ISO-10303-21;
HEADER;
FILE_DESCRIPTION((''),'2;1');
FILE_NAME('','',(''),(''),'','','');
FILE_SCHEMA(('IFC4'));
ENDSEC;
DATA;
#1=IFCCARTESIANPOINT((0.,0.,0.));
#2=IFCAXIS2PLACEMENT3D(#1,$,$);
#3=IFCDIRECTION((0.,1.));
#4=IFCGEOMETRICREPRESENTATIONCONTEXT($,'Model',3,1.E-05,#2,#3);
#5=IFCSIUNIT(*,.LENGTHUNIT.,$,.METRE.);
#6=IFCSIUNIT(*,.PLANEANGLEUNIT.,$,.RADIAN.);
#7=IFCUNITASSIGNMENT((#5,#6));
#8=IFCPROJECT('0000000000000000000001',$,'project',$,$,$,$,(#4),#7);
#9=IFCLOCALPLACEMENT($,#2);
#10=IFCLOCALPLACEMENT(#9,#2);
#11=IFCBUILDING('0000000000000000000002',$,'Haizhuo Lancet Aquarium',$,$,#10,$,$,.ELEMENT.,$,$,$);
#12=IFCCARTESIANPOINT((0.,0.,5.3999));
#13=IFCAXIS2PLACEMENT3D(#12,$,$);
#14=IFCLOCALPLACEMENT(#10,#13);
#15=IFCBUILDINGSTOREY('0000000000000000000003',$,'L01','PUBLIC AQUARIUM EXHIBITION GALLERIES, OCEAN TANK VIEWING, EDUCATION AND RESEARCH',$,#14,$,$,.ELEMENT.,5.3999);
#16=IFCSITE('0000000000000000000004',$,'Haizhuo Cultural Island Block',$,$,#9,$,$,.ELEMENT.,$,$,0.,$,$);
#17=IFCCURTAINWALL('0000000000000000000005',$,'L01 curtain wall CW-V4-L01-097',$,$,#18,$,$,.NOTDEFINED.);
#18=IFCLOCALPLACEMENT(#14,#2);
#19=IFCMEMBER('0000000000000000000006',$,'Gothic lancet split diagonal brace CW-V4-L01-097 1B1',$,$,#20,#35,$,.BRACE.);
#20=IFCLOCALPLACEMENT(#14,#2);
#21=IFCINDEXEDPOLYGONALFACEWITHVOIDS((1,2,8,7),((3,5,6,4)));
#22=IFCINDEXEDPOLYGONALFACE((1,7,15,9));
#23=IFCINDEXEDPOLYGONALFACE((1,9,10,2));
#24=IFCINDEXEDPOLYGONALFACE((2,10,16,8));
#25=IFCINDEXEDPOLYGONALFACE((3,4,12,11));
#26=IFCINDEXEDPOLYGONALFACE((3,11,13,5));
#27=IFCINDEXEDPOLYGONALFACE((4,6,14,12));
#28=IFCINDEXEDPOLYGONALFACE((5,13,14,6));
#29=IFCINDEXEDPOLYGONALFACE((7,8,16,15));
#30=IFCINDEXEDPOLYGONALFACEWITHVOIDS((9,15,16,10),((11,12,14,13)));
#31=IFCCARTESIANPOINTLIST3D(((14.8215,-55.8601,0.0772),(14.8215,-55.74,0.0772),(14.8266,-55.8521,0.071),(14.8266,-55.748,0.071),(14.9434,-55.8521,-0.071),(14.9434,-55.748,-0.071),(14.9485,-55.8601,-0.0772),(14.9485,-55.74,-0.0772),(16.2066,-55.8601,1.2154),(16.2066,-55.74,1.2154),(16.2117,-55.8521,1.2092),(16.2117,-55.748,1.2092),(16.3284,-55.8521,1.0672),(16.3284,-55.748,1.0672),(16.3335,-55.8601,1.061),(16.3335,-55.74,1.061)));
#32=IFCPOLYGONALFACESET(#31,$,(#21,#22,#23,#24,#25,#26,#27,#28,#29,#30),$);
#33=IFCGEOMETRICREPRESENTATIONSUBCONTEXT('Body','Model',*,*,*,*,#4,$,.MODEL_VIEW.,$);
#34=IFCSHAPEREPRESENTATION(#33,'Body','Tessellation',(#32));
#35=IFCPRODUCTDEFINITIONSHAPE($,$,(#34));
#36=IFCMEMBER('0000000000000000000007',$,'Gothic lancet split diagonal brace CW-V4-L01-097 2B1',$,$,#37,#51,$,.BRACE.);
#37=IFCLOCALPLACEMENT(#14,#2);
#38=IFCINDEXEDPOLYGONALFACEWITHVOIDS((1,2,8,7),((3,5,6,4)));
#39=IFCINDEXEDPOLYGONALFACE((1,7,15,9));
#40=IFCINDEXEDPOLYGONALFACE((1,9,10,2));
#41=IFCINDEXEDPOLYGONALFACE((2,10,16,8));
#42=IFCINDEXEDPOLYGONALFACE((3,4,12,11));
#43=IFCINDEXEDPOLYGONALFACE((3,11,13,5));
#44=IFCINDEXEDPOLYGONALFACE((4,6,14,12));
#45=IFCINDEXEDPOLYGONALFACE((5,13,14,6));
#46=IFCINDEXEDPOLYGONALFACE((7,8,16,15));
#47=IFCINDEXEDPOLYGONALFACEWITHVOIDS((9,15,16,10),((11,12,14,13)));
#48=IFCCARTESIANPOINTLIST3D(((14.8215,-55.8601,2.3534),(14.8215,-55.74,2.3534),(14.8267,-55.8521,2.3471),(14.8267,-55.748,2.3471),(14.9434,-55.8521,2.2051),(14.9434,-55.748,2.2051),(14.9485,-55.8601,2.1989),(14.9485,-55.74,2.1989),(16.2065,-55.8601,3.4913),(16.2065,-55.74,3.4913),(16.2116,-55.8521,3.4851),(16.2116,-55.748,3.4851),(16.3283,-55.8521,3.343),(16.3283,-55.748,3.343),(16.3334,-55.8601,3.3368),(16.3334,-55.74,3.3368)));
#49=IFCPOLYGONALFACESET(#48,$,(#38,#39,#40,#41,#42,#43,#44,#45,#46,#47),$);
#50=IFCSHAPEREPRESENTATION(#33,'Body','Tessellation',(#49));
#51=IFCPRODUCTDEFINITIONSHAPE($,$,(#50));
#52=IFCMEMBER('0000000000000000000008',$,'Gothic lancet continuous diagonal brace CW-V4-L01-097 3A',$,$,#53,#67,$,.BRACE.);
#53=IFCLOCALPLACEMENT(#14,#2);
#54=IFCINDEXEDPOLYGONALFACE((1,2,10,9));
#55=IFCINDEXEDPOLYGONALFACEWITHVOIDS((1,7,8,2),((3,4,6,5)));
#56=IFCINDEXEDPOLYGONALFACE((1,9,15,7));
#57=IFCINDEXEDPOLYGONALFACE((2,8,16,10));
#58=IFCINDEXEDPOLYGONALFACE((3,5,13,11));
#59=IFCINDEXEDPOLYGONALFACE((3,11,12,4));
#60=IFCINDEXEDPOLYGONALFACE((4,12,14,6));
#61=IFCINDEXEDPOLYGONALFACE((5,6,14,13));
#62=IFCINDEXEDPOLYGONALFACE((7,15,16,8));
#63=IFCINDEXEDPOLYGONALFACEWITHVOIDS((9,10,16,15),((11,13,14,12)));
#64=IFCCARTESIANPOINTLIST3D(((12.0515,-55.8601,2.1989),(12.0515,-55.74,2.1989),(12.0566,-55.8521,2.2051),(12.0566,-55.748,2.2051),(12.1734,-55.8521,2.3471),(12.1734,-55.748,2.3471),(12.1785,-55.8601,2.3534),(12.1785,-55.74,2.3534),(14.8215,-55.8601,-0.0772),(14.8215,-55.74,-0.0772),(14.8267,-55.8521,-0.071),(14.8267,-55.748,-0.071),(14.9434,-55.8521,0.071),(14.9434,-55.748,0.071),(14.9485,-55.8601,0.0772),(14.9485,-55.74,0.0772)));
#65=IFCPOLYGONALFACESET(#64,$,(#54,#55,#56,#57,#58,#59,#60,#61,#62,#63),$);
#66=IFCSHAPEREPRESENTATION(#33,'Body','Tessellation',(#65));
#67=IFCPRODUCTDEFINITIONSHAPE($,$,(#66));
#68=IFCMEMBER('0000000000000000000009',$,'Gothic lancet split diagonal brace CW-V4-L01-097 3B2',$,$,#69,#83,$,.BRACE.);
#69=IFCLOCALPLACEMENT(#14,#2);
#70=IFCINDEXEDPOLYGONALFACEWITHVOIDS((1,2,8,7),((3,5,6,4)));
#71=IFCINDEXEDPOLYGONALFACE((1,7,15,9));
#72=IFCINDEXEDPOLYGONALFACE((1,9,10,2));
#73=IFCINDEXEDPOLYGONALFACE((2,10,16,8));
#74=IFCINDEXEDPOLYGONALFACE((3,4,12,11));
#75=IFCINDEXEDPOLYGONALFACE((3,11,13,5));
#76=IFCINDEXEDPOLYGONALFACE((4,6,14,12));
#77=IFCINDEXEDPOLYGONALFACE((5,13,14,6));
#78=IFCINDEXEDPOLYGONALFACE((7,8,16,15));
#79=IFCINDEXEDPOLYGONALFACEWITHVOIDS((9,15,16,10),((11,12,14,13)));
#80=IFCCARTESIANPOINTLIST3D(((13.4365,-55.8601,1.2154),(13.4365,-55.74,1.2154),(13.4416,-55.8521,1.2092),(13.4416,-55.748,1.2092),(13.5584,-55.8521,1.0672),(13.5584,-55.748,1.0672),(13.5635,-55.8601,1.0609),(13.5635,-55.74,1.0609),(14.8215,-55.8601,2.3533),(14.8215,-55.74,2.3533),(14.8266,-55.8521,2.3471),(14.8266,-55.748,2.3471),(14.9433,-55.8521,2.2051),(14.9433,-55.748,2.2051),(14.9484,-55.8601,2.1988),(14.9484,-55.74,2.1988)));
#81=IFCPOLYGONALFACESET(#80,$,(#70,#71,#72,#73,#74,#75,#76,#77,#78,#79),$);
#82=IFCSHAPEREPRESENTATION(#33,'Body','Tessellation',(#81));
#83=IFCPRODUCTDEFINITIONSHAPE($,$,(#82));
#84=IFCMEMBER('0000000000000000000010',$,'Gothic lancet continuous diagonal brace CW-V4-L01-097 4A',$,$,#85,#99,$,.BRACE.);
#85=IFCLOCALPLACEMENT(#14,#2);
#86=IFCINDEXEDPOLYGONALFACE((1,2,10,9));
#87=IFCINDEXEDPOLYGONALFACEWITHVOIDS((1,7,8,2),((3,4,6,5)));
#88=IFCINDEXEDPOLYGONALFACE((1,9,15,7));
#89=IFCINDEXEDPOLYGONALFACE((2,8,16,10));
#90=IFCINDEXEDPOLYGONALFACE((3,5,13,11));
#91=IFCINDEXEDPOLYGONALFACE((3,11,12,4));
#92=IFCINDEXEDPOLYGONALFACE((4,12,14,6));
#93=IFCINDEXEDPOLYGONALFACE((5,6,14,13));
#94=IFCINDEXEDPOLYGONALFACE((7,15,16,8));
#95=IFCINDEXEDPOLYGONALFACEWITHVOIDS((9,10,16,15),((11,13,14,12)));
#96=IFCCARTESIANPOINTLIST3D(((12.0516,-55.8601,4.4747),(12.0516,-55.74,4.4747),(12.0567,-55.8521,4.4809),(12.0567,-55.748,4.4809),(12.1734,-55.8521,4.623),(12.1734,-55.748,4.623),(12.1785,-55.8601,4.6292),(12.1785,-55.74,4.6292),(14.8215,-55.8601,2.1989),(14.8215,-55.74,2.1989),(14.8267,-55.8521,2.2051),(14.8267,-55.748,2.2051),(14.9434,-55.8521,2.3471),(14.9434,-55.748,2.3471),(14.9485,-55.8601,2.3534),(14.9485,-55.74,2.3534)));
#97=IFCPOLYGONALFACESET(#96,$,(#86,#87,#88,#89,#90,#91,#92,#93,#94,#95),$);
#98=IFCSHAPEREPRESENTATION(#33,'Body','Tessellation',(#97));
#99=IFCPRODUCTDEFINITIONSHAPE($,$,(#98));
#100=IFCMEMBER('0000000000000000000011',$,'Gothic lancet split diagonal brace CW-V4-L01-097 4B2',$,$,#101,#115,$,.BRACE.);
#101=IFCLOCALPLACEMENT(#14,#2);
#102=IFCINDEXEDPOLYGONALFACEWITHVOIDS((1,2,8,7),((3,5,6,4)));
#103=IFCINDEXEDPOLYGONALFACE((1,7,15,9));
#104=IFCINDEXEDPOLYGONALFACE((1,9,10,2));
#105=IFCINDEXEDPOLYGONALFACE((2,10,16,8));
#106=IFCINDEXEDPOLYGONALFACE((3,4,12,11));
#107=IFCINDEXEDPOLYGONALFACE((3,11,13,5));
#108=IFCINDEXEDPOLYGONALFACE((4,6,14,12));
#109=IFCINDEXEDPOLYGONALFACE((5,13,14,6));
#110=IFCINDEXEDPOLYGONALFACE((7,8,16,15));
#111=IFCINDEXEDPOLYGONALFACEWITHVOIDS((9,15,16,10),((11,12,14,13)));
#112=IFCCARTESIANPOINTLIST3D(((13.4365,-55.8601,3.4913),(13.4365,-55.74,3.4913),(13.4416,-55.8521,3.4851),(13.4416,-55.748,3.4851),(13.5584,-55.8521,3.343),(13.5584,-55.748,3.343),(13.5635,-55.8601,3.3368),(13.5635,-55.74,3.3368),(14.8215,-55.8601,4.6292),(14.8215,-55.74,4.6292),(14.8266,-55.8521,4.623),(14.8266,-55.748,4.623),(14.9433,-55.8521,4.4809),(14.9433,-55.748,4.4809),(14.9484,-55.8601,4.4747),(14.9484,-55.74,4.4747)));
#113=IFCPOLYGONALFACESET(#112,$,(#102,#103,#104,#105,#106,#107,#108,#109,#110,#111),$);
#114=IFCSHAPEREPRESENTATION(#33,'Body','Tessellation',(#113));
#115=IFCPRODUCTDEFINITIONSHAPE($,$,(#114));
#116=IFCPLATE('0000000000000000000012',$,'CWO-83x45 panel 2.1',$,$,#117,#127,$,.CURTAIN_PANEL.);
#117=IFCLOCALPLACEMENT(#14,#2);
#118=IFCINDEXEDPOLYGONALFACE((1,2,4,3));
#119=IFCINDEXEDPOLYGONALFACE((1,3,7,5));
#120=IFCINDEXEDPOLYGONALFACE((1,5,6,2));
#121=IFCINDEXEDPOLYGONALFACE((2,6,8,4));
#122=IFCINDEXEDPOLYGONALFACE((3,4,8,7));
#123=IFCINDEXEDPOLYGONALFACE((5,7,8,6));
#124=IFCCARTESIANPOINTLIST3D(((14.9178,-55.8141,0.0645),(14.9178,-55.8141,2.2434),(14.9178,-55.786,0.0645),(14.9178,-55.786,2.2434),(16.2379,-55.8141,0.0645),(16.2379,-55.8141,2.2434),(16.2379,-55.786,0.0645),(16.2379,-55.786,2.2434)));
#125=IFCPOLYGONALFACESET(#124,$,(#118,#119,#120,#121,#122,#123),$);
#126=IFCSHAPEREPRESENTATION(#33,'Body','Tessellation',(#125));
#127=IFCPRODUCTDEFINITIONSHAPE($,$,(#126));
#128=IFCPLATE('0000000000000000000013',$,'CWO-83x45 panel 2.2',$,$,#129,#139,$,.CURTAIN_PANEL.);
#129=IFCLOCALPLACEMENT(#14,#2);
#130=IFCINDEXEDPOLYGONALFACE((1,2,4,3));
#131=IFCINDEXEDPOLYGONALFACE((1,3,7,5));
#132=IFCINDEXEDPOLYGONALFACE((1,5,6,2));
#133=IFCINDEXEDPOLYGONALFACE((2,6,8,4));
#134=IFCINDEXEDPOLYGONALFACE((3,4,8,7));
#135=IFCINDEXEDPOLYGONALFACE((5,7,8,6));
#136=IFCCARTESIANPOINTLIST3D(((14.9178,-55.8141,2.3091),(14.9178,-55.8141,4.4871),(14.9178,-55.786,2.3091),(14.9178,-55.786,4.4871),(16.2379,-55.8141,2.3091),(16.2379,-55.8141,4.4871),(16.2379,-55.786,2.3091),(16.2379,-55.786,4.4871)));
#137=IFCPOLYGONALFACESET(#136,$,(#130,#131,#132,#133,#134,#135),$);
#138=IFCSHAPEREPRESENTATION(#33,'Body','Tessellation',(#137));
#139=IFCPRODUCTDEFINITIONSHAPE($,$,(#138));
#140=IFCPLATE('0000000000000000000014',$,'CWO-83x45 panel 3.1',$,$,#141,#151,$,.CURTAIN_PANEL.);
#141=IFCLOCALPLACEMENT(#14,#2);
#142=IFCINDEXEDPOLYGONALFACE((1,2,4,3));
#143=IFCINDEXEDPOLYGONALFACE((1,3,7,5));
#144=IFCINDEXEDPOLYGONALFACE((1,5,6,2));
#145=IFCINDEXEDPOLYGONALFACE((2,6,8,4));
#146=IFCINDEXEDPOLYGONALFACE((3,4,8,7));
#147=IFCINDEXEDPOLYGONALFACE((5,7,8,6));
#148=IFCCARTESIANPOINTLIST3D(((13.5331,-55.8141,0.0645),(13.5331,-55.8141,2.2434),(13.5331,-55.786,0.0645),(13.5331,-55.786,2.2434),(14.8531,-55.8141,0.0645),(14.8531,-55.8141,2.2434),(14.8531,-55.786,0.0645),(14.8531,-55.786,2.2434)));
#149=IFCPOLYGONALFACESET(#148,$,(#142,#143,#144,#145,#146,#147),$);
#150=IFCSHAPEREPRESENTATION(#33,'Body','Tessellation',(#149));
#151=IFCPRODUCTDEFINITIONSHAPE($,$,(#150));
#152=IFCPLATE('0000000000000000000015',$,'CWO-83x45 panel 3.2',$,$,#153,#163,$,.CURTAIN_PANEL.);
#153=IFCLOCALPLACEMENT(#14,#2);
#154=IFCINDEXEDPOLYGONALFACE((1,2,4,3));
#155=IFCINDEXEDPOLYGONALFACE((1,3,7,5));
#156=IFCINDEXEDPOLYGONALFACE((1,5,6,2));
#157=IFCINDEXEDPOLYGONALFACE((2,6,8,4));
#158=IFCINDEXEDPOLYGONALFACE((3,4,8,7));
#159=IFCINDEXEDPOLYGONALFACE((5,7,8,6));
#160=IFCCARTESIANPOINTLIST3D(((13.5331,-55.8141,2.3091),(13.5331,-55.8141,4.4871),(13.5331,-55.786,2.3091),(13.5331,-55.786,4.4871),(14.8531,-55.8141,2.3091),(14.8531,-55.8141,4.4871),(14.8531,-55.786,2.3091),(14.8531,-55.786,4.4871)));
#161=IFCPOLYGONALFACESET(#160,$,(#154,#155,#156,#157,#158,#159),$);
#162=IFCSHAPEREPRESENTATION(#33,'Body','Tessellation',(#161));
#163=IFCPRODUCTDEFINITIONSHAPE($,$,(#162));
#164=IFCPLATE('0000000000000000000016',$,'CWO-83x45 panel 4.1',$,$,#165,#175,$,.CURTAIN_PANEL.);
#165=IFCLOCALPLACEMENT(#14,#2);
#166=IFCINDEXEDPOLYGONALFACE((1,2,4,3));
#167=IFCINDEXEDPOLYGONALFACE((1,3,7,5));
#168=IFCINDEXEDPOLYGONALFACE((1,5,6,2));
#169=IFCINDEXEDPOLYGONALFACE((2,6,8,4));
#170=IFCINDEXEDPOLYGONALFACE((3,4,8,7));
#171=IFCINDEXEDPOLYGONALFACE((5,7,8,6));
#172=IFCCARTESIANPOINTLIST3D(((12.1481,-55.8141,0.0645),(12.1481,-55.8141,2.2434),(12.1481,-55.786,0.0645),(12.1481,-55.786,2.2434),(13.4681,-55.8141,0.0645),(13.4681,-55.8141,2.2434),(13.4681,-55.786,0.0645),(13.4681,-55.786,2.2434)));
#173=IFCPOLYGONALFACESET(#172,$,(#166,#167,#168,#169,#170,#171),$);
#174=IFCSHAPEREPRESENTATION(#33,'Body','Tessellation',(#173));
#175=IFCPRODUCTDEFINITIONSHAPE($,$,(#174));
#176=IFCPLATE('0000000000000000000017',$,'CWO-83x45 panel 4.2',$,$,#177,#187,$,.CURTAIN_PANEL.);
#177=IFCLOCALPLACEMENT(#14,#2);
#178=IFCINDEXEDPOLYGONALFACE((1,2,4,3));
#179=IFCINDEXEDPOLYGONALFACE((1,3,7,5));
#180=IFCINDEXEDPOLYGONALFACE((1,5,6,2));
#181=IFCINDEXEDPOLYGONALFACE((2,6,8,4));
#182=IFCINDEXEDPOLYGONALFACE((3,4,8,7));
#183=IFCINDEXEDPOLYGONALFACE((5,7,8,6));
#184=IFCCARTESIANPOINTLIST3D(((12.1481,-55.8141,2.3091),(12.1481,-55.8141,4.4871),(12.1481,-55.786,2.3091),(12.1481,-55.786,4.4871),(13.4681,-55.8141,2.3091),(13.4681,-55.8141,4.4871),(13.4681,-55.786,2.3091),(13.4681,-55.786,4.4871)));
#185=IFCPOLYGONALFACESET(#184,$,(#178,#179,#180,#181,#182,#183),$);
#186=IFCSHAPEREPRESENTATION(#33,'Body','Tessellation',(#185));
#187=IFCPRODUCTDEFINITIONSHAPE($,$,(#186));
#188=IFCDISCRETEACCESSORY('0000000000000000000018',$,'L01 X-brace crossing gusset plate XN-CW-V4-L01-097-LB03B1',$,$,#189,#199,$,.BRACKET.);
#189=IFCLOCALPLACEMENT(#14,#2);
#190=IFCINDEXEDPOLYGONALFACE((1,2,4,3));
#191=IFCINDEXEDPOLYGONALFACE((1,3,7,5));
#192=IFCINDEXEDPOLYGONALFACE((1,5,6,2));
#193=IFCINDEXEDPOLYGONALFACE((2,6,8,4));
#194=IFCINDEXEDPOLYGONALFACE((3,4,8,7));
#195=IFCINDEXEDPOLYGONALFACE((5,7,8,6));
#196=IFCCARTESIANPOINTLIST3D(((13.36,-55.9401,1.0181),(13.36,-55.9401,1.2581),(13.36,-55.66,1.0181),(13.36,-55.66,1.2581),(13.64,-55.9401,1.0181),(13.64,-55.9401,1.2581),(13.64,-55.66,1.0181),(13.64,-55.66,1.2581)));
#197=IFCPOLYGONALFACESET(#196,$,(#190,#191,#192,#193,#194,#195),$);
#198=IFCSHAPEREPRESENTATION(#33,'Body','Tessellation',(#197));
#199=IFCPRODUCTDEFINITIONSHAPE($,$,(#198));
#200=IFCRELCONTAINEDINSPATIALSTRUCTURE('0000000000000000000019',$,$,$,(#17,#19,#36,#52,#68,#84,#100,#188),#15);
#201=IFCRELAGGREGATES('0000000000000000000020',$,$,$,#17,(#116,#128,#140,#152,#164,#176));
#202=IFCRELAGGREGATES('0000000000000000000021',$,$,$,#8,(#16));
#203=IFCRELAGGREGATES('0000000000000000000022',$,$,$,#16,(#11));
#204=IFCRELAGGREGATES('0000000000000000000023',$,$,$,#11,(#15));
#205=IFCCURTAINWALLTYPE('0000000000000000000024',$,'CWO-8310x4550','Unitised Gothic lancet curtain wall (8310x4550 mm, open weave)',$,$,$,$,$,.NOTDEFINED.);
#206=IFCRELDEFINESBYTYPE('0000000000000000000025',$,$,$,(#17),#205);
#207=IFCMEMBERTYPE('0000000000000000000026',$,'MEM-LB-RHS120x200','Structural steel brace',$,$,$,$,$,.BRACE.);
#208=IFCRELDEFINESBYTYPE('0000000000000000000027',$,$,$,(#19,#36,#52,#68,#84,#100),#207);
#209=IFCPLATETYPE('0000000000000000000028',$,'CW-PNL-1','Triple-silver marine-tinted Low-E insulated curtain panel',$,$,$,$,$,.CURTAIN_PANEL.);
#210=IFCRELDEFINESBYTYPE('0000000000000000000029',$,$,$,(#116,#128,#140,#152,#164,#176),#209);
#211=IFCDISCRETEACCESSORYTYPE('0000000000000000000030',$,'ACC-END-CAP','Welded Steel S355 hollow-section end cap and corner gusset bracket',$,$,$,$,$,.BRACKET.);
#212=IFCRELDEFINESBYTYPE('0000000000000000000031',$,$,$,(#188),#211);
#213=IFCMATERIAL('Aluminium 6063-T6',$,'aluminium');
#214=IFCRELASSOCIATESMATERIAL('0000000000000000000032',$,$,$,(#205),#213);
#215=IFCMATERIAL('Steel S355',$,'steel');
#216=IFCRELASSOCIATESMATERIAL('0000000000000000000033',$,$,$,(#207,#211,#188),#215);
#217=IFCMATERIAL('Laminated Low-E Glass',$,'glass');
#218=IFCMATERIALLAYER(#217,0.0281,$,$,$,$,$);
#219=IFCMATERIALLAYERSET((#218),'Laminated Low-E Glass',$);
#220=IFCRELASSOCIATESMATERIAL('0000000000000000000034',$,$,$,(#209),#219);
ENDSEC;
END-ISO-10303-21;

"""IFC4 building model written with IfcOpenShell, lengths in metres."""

from ifc_helpers import new_model, si_unit, direction, frame, origin, origin_2d, place, context, subcontext, project, spatial, rectangle, hollow_rectangle, extrude, material, layer, layer_set, material_profile, profile_set, type_object, element, aggregate, save


model = new_model("IFC4")

# Units and contexts
model_context = context("Model", 3, precision=1e-05, world=origin(), true_north=direction((0.0, 1.0)))
body_context = subcontext(model_context, "Body", "Model", "MODEL_VIEW")
ifc_project = project(units=[si_unit("LENGTHUNIT", "METRE"), si_unit("PLANEANGLEUNIT", "RADIAN")], contexts=[model_context])

# Site, building, storey
site_placement = place(None, origin())
site = spatial("IfcSite", under=ifc_project, at=site_placement, Name="Haizhuo Cultural Island Block", CompositionType="ELEMENT", RefElevation=0.0)
building_placement = place(site_placement, origin())
building = spatial("IfcBuilding", under=site, at=building_placement, Name="Haizhuo Lancet Aquarium", CompositionType="ELEMENT")
storey_placement = place(building_placement, frame((0.0, 0.0, 5.3999)))
storey = spatial("IfcBuildingStorey", under=building, at=storey_placement, Name="L01", Description="PUBLIC AQUARIUM EXHIBITION GALLERIES, OCEAN TANK VIEWING, EDUCATION AND RESEARCH", CompositionType="ELEMENT", Elevation=5.3999)

# Curtain wall
ifc_material_1 = material(Name="Aluminium 6063-T6", Category="aluminium")
curtain_wall_type = type_object("IfcCurtainWallType", Name="CWO-8310x4550", Description="Unitised Gothic lancet curtain wall (8310x4550 mm, open weave)", PredefinedType="NOTDEFINED", material=ifc_material_1)
curtain_wall_placement = place(storey_placement, origin())
curtain_wall = element("IfcCurtainWall", 1, at=curtain_wall_placement, inside=storey, type_object=curtain_wall_type, Name="L01 curtain wall CW-V4-L01-097", PredefinedType="NOTDEFINED")

# Members
ifc_material_2 = material(Name="Steel S355", Category="steel")
ifc_material_profile_1 = material_profile(ifc_material_2, hollow_rectangle(XDim=0.1201, YDim=0.2, WallThickness=0.0081, at=origin_2d()), Name="RHS 120x200x8")
ifc_profile_set_1 = profile_set([ifc_material_profile_1], Name="Steel S355")
member_type_1 = type_object("IfcMemberType", Name="MEM-LB-RHS120x200", Description="Structural steel brace", PredefinedType="BRACE", material=ifc_profile_set_1)
member_1_placement = place(storey_placement, frame((14.885, -55.8, 0.0), z_axis=(0.77259, 0.0, 0.634905), x_axis=(0.0, 1.0, 0.0)))
element("IfcMember", 2, at=member_1_placement, inside=storey, type_object=member_type_1, Name="Gothic lancet split diagonal brace CW-V4-L01-097 1B1", PredefinedType="BRACE", context=body_context, shape_type="SweptSolid", body=[
    extrude(hollow_rectangle(XDim=0.1201, YDim=0.2, WallThickness=0.0081, at=origin_2d()), origin(), (0.0, 0.0, 1.0), 1.7927),
])
member_2_placement = place(storey_placement, frame((14.885, -55.8, 2.2761), z_axis=(0.772657, 0.0, 0.634824), x_axis=(0.0, 1.0, 0.0)))
element("IfcMember", 3, at=member_2_placement, inside=storey, type_object=member_type_1, Name="Gothic lancet split diagonal brace CW-V4-L01-097 2B1", PredefinedType="BRACE", context=body_context, shape_type="SweptSolid", body=[
    extrude(hollow_rectangle(XDim=0.1201, YDim=0.2, WallThickness=0.0081, at=origin_2d()), origin(), (0.0, 0.0, 1.0), 1.7925),
])
member_3_placement = place(storey_placement, frame((14.885, -55.8, 0.0), z_axis=(-0.772624, 0.0, 0.634864), x_axis=(0.0, -1.0, 0.0)))
element("IfcMember", 4, at=member_3_placement, inside=storey, type_object=member_type_1, Name="Gothic lancet continuous diagonal brace CW-V4-L01-097 3A", PredefinedType="BRACE", context=body_context, shape_type="SweptSolid", body=[
    extrude(hollow_rectangle(XDim=0.1201, YDim=0.2, WallThickness=0.0081, at=origin_2d()), origin(), (0.0, 0.0, 1.0), 3.5852),
])
member_4_placement = place(storey_placement, frame((13.5, -55.8, 1.1382), z_axis=(0.772657, 0.0, 0.634824), x_axis=(0.0, 1.0, 0.0)))
element("IfcMember", 5, at=member_4_placement, inside=storey, type_object=member_type_1, Name="Gothic lancet split diagonal brace CW-V4-L01-097 3B2", PredefinedType="BRACE", context=body_context, shape_type="SweptSolid", body=[
    extrude(hollow_rectangle(XDim=0.1201, YDim=0.2, WallThickness=0.0081, at=origin_2d()), origin(), (0.0, 0.0, 1.0), 1.7925),
])
member_5_placement = place(storey_placement, frame((14.885, -55.8, 2.2761), z_axis=(-0.772657, 0.0, 0.634824), x_axis=(0.0, -1.0, 0.0)))
element("IfcMember", 6, at=member_5_placement, inside=storey, type_object=member_type_1, Name="Gothic lancet continuous diagonal brace CW-V4-L01-097 4A", PredefinedType="BRACE", context=body_context, shape_type="SweptSolid", body=[
    extrude(hollow_rectangle(XDim=0.1201, YDim=0.2, WallThickness=0.0081, at=origin_2d()), origin(), (0.0, 0.0, 1.0), 3.585),
])
member_6_placement = place(storey_placement, frame((13.5, -55.8, 3.4141), z_axis=(0.772657, 0.0, 0.634824), x_axis=(0.0, 1.0, 0.0)))
element("IfcMember", 7, at=member_6_placement, inside=storey, type_object=member_type_1, Name="Gothic lancet split diagonal brace CW-V4-L01-097 4B2", PredefinedType="BRACE", context=body_context, shape_type="SweptSolid", body=[
    extrude(hollow_rectangle(XDim=0.1201, YDim=0.2, WallThickness=0.0081, at=origin_2d()), origin(), (0.0, 0.0, 1.0), 1.7925),
])

# Plates
ifc_material_3 = material(Name="Laminated Low-E Glass", Category="glass")
ifc_layer = layer(ifc_material_3, 0.0281)
ifc_layer_set = layer_set([ifc_layer], Name="Laminated Low-E Glass")
plate_type = type_object("IfcPlateType", Name="CW-PNL-1", Description="Triple-silver marine-tinted Low-E insulated curtain panel", PredefinedType="CURTAIN_PANEL", material=ifc_layer_set)
plate_1_placement = place(storey_placement, frame((15.5779, -55.8, 0.0645), z_axis=(0.0, 0.0, 1.0), x_axis=(-1.0, 0.0, 0.0)))
plate_1 = element("IfcPlate", 8, at=plate_1_placement, type_object=plate_type, Name="CWO-83x45 panel 2.1", PredefinedType="CURTAIN_PANEL", context=body_context, shape_type="SweptSolid", body=[
    extrude(rectangle(XDim=1.3201, YDim=0.0281, at=origin_2d()), origin(), (0.0, 0.0, 1.0), 2.179),
])
plate_2_placement = place(storey_placement, frame((15.5779, -55.8, 2.3091), z_axis=(0.0, 0.0, 1.0), x_axis=(-1.0, 0.0, 0.0)))
plate_2 = element("IfcPlate", 9, at=plate_2_placement, type_object=plate_type, Name="CWO-83x45 panel 2.2", PredefinedType="CURTAIN_PANEL", context=body_context, shape_type="SweptSolid", body=[
    extrude(rectangle(XDim=1.3201, YDim=0.0281, at=origin_2d()), origin(), (0.0, 0.0, 1.0), 2.178),
])
plate_3_placement = place(storey_placement, frame((14.1931, -55.8, 0.0645), z_axis=(0.0, 0.0, 1.0), x_axis=(-1.0, 0.0, 0.0)))
plate_3 = element("IfcPlate", 10, at=plate_3_placement, type_object=plate_type, Name="CWO-83x45 panel 3.1", PredefinedType="CURTAIN_PANEL", context=body_context, shape_type="SweptSolid", body=[
    extrude(rectangle(XDim=1.3201, YDim=0.0281, at=origin_2d()), origin(), (0.0, 0.0, 1.0), 2.179),
])
plate_4_placement = place(storey_placement, frame((14.1931, -55.8, 2.3091), z_axis=(0.0, 0.0, 1.0), x_axis=(-1.0, 0.0, 0.0)))
plate_4 = element("IfcPlate", 11, at=plate_4_placement, type_object=plate_type, Name="CWO-83x45 panel 3.2", PredefinedType="CURTAIN_PANEL", context=body_context, shape_type="SweptSolid", body=[
    extrude(rectangle(XDim=1.3201, YDim=0.0281, at=origin_2d()), origin(), (0.0, 0.0, 1.0), 2.178),
])
plate_5_placement = place(storey_placement, frame((12.8081, -55.8, 0.0645), z_axis=(0.0, 0.0, 1.0), x_axis=(-1.0, 0.0, 0.0)))
plate_5 = element("IfcPlate", 12, at=plate_5_placement, type_object=plate_type, Name="CWO-83x45 panel 4.1", PredefinedType="CURTAIN_PANEL", context=body_context, shape_type="SweptSolid", body=[
    extrude(rectangle(XDim=1.3201, YDim=0.0281, at=origin_2d()), origin(), (0.0, 0.0, 1.0), 2.179),
])
plate_6_placement = place(storey_placement, frame((12.8081, -55.8, 2.3091), z_axis=(0.0, 0.0, 1.0), x_axis=(-1.0, 0.0, 0.0)))
plate_6 = element("IfcPlate", 13, at=plate_6_placement, type_object=plate_type, Name="CWO-83x45 panel 4.2", PredefinedType="CURTAIN_PANEL", context=body_context, shape_type="SweptSolid", body=[
    extrude(rectangle(XDim=1.3201, YDim=0.0281, at=origin_2d()), origin(), (0.0, 0.0, 1.0), 2.178),
])
aggregate(curtain_wall, [plate_1, plate_2, plate_3, plate_4, plate_5, plate_6])

# Discrete accessory
discrete_accessory_type = type_object("IfcDiscreteAccessoryType", Name="ACC-END-CAP", Description="Welded Steel S355 hollow-section end cap and corner gusset bracket", PredefinedType="BRACKET", material=ifc_material_2)
for number, where, z_axis, x_axis, name in (
    (14, (13.5, -55.8, 1.0181), (0.0, 0.0, 1.0), (1.0, 0.0, 0.0), "L01 X-brace crossing gusset plate XN-CW-V4-L01-097-LB03B1"),
):
    element("IfcDiscreteAccessory", number, at=place(storey_placement, frame(where, z_axis=z_axis, x_axis=x_axis)), inside=storey, type_object=discrete_accessory_type, material=ifc_material_2, Name=name, PredefinedType="BRACKET", context=body_context, shape_type="SweptSolid", body=[
        extrude(rectangle(XDim=0.28, YDim=0.28, at=origin_2d()), origin(), (0.0, 0.0, 1.0), 0.24),
    ])

save(model, "model.ifc")
